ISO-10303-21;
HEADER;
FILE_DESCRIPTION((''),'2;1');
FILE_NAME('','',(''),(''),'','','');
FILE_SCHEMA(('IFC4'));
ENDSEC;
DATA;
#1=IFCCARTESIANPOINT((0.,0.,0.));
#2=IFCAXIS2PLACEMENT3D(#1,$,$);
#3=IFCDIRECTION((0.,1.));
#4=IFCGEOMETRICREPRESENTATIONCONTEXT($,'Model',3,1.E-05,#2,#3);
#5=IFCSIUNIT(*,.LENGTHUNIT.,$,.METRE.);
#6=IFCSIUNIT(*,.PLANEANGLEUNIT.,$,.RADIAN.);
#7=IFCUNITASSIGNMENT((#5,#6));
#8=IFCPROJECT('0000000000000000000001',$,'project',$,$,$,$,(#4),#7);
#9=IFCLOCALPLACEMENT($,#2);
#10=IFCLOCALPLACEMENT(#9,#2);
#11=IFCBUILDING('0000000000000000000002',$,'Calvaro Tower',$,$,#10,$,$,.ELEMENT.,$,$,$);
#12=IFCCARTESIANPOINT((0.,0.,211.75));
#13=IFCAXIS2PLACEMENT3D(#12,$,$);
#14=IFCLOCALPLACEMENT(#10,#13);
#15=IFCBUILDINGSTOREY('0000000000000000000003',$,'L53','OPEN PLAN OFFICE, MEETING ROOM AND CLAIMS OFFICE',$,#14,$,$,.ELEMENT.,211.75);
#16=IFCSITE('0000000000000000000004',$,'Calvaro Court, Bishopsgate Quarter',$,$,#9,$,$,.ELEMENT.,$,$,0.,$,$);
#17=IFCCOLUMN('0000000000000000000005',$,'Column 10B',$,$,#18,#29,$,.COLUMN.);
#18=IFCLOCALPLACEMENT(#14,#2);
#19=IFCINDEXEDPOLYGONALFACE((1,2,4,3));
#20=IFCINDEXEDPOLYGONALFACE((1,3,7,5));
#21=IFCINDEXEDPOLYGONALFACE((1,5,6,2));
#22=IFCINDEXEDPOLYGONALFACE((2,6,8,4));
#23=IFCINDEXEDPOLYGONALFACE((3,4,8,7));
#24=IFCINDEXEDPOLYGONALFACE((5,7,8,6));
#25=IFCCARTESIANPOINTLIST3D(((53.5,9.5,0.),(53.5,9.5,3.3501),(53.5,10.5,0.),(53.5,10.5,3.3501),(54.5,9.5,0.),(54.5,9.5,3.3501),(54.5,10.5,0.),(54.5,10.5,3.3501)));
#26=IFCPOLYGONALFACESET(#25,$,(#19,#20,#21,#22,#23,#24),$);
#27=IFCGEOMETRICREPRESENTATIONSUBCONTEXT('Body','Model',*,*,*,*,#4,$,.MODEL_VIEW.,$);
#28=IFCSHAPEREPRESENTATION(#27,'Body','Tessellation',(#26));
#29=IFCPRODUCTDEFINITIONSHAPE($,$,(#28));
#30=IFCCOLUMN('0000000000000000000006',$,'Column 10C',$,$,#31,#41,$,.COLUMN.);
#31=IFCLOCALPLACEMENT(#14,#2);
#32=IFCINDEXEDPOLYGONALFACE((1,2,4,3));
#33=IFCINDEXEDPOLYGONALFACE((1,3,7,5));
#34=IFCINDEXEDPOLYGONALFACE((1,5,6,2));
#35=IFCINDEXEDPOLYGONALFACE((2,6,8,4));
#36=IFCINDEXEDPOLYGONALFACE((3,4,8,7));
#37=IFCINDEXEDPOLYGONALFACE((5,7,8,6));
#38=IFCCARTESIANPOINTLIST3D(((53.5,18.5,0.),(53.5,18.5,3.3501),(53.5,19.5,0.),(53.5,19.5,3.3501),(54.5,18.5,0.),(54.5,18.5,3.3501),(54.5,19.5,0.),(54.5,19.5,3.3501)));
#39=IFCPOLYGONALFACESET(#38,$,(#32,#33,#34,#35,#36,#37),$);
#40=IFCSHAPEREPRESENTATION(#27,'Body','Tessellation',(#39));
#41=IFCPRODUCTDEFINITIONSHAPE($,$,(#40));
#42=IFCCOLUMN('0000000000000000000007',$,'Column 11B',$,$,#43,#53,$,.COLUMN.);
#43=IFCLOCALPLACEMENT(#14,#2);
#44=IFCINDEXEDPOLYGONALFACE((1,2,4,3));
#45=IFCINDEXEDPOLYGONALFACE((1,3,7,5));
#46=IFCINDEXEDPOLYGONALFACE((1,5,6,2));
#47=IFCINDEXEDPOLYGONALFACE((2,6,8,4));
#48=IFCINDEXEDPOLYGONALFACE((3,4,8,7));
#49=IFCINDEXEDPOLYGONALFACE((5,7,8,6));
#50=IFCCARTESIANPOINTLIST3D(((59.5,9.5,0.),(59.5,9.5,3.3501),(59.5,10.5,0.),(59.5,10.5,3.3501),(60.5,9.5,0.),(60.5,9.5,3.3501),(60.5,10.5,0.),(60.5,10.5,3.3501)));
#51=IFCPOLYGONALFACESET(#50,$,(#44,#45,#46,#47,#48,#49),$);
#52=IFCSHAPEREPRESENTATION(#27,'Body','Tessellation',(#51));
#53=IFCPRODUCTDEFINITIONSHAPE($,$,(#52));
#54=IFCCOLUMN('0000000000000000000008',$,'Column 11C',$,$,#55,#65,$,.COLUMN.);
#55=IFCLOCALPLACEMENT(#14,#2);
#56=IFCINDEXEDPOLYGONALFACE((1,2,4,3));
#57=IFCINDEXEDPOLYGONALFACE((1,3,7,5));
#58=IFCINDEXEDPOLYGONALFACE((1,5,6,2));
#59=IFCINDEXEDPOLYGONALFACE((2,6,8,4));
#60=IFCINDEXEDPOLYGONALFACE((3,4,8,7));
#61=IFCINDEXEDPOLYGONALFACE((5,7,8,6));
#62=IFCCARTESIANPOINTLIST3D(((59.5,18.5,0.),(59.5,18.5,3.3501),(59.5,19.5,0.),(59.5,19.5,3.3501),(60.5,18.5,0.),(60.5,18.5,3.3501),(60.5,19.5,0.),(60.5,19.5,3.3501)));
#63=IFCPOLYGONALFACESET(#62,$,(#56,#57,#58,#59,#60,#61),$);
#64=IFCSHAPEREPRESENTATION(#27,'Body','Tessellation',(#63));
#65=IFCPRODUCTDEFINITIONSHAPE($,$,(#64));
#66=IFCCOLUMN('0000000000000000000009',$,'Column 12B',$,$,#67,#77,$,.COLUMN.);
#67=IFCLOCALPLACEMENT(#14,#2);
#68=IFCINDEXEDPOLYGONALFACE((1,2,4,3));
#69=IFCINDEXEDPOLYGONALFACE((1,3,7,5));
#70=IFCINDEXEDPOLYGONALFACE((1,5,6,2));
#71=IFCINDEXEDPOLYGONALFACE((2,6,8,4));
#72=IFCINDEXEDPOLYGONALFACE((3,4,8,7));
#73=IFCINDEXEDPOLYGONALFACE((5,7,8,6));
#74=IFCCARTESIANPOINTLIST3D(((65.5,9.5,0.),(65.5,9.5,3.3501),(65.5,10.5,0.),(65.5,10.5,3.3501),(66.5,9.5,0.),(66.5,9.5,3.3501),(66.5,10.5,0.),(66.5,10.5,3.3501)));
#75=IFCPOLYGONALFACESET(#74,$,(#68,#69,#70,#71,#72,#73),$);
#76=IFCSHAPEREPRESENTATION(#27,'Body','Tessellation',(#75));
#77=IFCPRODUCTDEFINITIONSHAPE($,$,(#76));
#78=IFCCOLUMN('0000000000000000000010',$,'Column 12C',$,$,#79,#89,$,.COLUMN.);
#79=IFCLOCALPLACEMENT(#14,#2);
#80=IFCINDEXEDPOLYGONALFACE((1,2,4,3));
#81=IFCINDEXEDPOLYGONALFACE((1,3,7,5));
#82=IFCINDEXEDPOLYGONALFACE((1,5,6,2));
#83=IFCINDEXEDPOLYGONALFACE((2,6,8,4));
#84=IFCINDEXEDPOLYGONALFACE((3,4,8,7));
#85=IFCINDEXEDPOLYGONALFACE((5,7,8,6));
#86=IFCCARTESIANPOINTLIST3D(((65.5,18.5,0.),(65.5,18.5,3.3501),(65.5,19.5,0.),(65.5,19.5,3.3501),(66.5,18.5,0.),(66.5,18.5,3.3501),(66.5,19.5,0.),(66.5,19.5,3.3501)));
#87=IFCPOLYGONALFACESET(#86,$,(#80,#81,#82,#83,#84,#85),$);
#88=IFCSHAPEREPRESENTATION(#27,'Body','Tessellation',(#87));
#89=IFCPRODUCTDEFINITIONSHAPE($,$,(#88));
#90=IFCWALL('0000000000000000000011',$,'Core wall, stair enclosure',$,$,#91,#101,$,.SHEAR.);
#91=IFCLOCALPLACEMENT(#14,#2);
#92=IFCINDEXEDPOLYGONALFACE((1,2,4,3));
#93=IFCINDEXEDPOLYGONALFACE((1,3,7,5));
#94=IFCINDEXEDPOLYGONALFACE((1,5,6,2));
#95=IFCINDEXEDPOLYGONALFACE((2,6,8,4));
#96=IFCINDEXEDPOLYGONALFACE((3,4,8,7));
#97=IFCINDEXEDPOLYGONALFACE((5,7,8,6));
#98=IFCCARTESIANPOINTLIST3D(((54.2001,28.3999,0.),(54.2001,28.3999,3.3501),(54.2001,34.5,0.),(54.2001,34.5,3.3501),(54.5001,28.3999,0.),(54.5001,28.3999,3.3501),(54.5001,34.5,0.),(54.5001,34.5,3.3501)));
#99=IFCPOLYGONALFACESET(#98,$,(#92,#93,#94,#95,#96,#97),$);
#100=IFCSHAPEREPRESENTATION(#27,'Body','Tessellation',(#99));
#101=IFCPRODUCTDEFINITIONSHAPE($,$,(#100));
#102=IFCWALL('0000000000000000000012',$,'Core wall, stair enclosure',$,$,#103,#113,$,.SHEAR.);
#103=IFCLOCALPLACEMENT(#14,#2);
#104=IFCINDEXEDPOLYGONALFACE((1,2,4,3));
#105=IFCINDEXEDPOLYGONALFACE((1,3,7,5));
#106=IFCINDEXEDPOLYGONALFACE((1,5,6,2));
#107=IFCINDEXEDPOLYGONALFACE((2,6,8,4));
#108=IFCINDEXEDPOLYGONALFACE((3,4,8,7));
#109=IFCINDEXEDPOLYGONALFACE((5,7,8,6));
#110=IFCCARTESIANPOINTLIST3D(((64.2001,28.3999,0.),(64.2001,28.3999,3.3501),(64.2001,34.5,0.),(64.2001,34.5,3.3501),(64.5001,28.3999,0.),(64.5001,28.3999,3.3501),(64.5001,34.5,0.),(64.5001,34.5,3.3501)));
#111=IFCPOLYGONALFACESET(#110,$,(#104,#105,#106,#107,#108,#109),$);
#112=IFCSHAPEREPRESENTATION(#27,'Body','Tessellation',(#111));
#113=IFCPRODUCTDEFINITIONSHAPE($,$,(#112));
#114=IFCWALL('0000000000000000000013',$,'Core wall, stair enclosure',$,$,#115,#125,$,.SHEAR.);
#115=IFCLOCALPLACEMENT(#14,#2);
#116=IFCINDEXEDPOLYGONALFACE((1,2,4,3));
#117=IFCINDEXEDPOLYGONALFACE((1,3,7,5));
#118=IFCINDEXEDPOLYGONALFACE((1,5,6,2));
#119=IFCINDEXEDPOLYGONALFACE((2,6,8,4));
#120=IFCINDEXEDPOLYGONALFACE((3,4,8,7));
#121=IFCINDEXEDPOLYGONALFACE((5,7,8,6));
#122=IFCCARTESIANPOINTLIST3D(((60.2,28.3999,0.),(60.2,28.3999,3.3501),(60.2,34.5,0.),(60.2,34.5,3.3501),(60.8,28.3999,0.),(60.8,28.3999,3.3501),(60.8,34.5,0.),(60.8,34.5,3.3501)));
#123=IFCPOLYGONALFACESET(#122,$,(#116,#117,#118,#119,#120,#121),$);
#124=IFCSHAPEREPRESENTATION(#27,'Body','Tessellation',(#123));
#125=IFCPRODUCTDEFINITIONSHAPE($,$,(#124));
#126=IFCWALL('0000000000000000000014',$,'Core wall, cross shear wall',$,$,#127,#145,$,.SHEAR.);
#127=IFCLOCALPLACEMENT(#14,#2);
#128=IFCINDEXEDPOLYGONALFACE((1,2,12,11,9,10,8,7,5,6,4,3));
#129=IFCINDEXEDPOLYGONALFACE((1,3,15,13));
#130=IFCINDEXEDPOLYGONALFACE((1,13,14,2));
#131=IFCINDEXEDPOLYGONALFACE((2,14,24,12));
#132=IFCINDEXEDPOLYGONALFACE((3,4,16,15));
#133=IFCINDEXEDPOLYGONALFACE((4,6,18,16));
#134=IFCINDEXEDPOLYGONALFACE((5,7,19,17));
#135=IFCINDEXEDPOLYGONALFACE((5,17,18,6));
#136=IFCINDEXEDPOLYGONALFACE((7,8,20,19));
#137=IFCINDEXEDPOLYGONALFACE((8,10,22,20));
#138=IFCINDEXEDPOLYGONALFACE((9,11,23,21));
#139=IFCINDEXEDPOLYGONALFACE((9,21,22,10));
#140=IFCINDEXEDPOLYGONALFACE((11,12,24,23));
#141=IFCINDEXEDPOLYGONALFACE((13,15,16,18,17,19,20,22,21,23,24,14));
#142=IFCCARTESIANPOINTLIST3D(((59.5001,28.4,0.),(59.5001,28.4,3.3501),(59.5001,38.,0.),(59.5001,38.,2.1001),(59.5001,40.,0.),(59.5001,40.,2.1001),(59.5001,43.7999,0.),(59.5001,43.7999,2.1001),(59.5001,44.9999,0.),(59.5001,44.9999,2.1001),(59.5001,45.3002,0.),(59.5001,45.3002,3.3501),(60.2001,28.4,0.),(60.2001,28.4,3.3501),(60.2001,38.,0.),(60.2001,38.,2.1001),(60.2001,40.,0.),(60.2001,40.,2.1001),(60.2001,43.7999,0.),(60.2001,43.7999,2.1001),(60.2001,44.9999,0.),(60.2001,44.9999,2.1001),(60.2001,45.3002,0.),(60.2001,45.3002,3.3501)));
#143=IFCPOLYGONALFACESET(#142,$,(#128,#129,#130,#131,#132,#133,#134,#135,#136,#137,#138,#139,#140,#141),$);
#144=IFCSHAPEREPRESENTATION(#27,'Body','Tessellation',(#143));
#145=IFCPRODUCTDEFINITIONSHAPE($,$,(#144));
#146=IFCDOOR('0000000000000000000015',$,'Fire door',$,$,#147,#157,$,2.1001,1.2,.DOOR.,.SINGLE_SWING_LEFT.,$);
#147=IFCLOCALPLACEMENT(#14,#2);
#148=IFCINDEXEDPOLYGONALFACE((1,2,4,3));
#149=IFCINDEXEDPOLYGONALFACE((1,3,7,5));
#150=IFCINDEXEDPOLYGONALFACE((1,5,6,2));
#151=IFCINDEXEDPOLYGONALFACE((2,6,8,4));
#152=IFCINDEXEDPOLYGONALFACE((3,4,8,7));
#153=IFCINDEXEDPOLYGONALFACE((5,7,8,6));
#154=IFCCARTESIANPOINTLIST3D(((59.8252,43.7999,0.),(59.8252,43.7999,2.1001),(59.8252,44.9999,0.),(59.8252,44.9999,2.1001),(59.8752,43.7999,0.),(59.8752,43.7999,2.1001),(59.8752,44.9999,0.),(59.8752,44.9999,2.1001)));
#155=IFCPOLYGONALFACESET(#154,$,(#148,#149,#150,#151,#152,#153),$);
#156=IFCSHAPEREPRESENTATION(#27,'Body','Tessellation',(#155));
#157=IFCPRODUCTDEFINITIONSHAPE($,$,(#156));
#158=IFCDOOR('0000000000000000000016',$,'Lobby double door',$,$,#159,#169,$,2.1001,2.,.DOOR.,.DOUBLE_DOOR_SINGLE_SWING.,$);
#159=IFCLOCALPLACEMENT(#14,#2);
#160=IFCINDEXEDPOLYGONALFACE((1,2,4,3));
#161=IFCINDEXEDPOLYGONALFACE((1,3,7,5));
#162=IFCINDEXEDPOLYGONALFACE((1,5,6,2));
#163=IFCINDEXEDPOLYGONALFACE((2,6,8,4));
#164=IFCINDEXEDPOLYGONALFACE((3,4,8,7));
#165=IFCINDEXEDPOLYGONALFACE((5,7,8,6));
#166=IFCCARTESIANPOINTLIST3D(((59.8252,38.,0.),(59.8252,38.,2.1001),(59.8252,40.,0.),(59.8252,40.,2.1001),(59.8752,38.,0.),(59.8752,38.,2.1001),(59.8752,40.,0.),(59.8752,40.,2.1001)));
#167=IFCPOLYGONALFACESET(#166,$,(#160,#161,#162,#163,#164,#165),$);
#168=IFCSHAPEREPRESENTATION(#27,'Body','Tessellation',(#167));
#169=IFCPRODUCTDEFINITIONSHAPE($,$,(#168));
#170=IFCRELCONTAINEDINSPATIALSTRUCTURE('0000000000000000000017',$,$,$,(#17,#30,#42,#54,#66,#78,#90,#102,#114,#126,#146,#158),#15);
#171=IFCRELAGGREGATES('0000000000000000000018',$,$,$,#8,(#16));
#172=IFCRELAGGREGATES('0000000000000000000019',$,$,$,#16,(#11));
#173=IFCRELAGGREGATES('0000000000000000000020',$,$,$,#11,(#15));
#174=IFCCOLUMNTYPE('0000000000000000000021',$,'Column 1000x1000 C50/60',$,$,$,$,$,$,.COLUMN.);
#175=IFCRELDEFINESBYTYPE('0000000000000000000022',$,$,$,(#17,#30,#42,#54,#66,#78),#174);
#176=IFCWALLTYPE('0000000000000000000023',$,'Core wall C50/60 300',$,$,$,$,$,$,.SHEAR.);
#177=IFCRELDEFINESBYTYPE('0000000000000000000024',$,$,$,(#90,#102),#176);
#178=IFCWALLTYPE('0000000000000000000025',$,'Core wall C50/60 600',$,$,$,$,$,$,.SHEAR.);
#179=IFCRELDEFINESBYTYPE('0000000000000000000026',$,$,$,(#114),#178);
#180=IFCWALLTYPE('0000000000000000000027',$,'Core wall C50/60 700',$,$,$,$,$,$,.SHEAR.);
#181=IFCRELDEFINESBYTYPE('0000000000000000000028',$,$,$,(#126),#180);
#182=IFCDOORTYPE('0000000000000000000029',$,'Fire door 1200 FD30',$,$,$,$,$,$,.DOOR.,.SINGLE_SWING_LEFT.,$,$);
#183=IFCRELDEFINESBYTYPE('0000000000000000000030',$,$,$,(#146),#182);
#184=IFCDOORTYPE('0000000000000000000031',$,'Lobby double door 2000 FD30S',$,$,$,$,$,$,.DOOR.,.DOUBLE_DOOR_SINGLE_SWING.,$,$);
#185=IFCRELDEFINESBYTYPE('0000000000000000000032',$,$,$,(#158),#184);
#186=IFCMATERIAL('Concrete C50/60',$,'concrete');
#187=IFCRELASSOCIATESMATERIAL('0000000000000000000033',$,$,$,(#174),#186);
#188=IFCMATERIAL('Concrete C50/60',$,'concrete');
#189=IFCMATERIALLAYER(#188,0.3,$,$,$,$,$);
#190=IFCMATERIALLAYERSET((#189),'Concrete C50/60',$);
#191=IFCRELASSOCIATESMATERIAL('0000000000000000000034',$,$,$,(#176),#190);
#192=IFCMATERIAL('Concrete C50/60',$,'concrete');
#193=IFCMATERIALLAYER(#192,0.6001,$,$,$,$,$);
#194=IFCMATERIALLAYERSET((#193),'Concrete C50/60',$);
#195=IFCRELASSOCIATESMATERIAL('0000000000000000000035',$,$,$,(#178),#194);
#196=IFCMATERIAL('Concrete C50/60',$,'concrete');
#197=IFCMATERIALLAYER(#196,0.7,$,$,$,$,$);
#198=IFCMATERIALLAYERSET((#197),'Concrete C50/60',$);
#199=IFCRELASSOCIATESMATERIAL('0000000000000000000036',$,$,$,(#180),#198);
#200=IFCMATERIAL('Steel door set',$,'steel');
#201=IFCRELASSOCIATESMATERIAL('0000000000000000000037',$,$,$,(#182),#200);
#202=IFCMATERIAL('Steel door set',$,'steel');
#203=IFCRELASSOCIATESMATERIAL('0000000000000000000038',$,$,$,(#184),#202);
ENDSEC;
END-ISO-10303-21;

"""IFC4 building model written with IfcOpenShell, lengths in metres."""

from ifc_helpers import new_model, si_unit, direction, frame, frame_2d, origin, origin_2d, place, context, subcontext, project, spatial, rectangle, extrude, material, layer, layer_set, material_profile, profile_set, type_object, element, fill, save


model = new_model("IFC4")

# Units and contexts
model_context = context("Model", 3, precision=1e-05, world=origin(), true_north=direction((0.0, 1.0)))
body_context = subcontext(model_context, "Body", "Model", "MODEL_VIEW")
ifc_project = project(units=[si_unit("LENGTHUNIT", "METRE"), si_unit("PLANEANGLEUNIT", "RADIAN")], contexts=[model_context])

# Site, building, storey
site_placement = place(None, origin())
site = spatial("IfcSite", under=ifc_project, at=site_placement, Name="Calvaro Court, Bishopsgate Quarter", CompositionType="ELEMENT", RefElevation=0.0)
building_placement = place(site_placement, origin())
building = spatial("IfcBuilding", under=site, at=building_placement, Name="Calvaro Tower", CompositionType="ELEMENT")
storey_placement = place(building_placement, frame((0.0, 0.0, 211.75)))
storey = spatial("IfcBuildingStorey", under=building, at=storey_placement, Name="L53", Description="OPEN PLAN OFFICE, MEETING ROOM AND CLAIMS OFFICE", CompositionType="ELEMENT", Elevation=211.75)

# Columns
ifc_material_1 = material(Name="Concrete C50/60", Category="concrete")
ifc_material_profile = material_profile(ifc_material_1, rectangle(XDim=1.0, YDim=1.0, at=origin_2d()), Name="RC 1000x1000")
ifc_profile_set = profile_set([ifc_material_profile], Name="Concrete C50/60")
column_type = type_object("IfcColumnType", Name="Column 1000x1000 C50/60", PredefinedType="COLUMN", material=ifc_profile_set)
for number, where, z_axis, x_axis, name in (
    (1, (54.0, 10.0, 0.0), (0.0, 0.0, 1.0), (1.0, 0.0, 0.0), "Column 10B"),
    (2, (54.0, 19.0, 0.0), (0.0, 0.0, 1.0), (1.0, 0.0, 0.0), "Column 10C"),
    (3, (60.0, 10.0, 0.0), (0.0, 0.0, 1.0), (1.0, 0.0, 0.0), "Column 11B"),
    (4, (60.0, 19.0, 0.0), (0.0, 0.0, 1.0), (1.0, 0.0, 0.0), "Column 11C"),
    (5, (66.0, 10.0, 0.0), (0.0, 0.0, 1.0), (1.0, 0.0, 0.0), "Column 12B"),
    (6, (66.0, 19.0, 0.0), (0.0, 0.0, 1.0), (1.0, 0.0, 0.0), "Column 12C"),
):
    element("IfcColumn", number, at=place(storey_placement, frame(where, z_axis=z_axis, x_axis=x_axis)), inside=storey, type_object=column_type, Name=name, PredefinedType="COLUMN", context=body_context, shape_type="SweptSolid", body=[
        extrude(rectangle(XDim=1.0, YDim=1.0, at=origin_2d()), origin(), (0.0, 0.0, 1.0), 3.3501),
    ])

# Walls
ifc_material_2 = material(Name="Concrete C50/60", Category="concrete")
ifc_layer_1 = layer(ifc_material_2, 0.3)
ifc_layer_set_1 = layer_set([ifc_layer_1], Name="Concrete C50/60")
wall_type_1 = type_object("IfcWallType", Name="Core wall C50/60 300", PredefinedType="SHEAR", material=ifc_layer_set_1)
for number, where, z_axis, x_axis, name in (
    (7, (54.3501, 28.3999, 0.0), (0.0, 0.0, 1.0), (0.0, 1.0, 0.0), "Core wall, stair enclosure"),
    (8, (64.3501, 28.3999, 0.0), (0.0, 0.0, 1.0), (0.0, 1.0, 0.0), "Core wall, stair enclosure"),
):
    element("IfcWall", number, at=place(storey_placement, frame(where, z_axis=z_axis, x_axis=x_axis)), inside=storey, type_object=wall_type_1, Name=name, PredefinedType="SHEAR", context=body_context, shape_type="SweptSolid", body=[
        extrude(rectangle(XDim=6.1001, YDim=0.3, at=frame_2d((3.05, 0.0))), origin(), (0.0, 0.0, 1.0), 3.3501),
    ])
ifc_material_3 = material(Name="Concrete C50/60", Category="concrete")
ifc_layer_2 = layer(ifc_material_3, 0.6001)
ifc_layer_set_2 = layer_set([ifc_layer_2], Name="Concrete C50/60")
wall_type_2 = type_object("IfcWallType", Name="Core wall C50/60 600", PredefinedType="SHEAR", material=ifc_layer_set_2)
wall_1_placement = place(storey_placement, frame((60.5, 28.3999, 0.0), z_axis=(0.0, 0.0, 1.0), x_axis=(0.0, 1.0, 0.0)))
element("IfcWall", 9, at=wall_1_placement, inside=storey, type_object=wall_type_2, Name="Core wall, stair enclosure", PredefinedType="SHEAR", context=body_context, shape_type="SweptSolid", body=[
    extrude(rectangle(XDim=6.1001, YDim=0.6001, at=frame_2d((3.05, 0.0))), origin(), (0.0, 0.0, 1.0), 3.3501),
])

# Wall, openings, doors
ifc_material_4 = material(Name="Concrete C50/60", Category="concrete")
ifc_layer_3 = layer(ifc_material_4, 0.7)
ifc_layer_set_3 = layer_set([ifc_layer_3], Name="Concrete C50/60")
wall_type_3 = type_object("IfcWallType", Name="Core wall C50/60 700", PredefinedType="SHEAR", material=ifc_layer_set_3)
wall_2_placement = place(storey_placement, frame((59.8501, 28.3999, 0.0), z_axis=(0.0, 0.0, 1.0), x_axis=(0.0, 1.0, 0.0)))
wall_2 = element("IfcWall", 10, at=wall_2_placement, inside=storey, type_object=wall_type_3, Name="Core wall, cross shear wall", PredefinedType="SHEAR", context=body_context, shape_type="SweptSolid", body=[
    extrude(rectangle(XDim=16.9001, YDim=0.7, at=frame_2d((8.4502, 0.0))), origin(), (0.0, 0.0, 1.0), 3.3501),
])
opening_1_placement = place(wall_2_placement, frame((9.6001, 0.0, 0.0)))
opening_1 = element("IfcOpeningElement", 11, at=opening_1_placement, cuts=wall_2, PredefinedType="OPENING", context=body_context, shape_type="SweptSolid", body=[
    extrude(rectangle(XDim=2.0, YDim=2.1001, at=frame_2d((1.0, 1.05))), frame((0.0, 0.3599, 0.0), z_axis=(0.0, -1.0, 0.0), x_axis=(1.0, 0.0, 0.0)), (0.0, 0.0, 1.0), 0.72),
])
opening_2_placement = place(wall_2_placement, frame((15.3999, 0.0, 0.0)))
opening_2 = element("IfcOpeningElement", 12, at=opening_2_placement, cuts=wall_2, PredefinedType="OPENING", context=body_context, shape_type="SweptSolid", body=[
    extrude(rectangle(XDim=1.2, YDim=2.1001, at=frame_2d((0.6001, 1.05))), frame((0.0, 0.3599, 0.0), z_axis=(0.0, -1.0, 0.0), x_axis=(1.0, 0.0, 0.0)), (0.0, 0.0, 1.0), 0.72),
])
ifc_material_5 = material(Name="Steel door set", Category="steel")
door_type_1 = type_object("IfcDoorType", Name="Fire door 1200 FD30", OperationType="SINGLE_SWING_LEFT", PredefinedType="DOOR", material=ifc_material_5)
door_1_placement = place(opening_2_placement, origin())
door_1 = element("IfcDoor", 13, at=door_1_placement, inside=storey, type_object=door_type_1, Name="Fire door", OperationType="SINGLE_SWING_LEFT", OverallHeight=2.1001, OverallWidth=1.2, PredefinedType="DOOR", context=body_context, shape_type="SweptSolid", body=[
    extrude(rectangle(XDim=1.2, YDim=2.1001, at=frame_2d((0.6001, 1.05))), frame((0.0, 0.0249, 0.0), z_axis=(0.0, -1.0, 0.0), x_axis=(1.0, 0.0, 0.0)), (0.0, 0.0, 1.0), 0.05),
])
fill(opening_2, door_1)
ifc_material_6 = material(Name="Steel door set", Category="steel")
door_type_2 = type_object("IfcDoorType", Name="Lobby double door 2000 FD30S", OperationType="DOUBLE_DOOR_SINGLE_SWING", PredefinedType="DOOR", material=ifc_material_6)
door_2_placement = place(opening_1_placement, origin())
door_2 = element("IfcDoor", 14, at=door_2_placement, inside=storey, type_object=door_type_2, Name="Lobby double door", OperationType="DOUBLE_DOOR_SINGLE_SWING", OverallHeight=2.1001, OverallWidth=2.0, PredefinedType="DOOR", context=body_context, shape_type="SweptSolid", body=[
    extrude(rectangle(XDim=2.0, YDim=2.1001, at=frame_2d((1.0, 1.05))), frame((0.0, 0.0249, 0.0), z_axis=(0.0, -1.0, 0.0), x_axis=(1.0, 0.0, 0.0)), (0.0, 0.0, 1.0), 0.05),
])
fill(opening_1, door_2)

save(model, "model.ifc")
